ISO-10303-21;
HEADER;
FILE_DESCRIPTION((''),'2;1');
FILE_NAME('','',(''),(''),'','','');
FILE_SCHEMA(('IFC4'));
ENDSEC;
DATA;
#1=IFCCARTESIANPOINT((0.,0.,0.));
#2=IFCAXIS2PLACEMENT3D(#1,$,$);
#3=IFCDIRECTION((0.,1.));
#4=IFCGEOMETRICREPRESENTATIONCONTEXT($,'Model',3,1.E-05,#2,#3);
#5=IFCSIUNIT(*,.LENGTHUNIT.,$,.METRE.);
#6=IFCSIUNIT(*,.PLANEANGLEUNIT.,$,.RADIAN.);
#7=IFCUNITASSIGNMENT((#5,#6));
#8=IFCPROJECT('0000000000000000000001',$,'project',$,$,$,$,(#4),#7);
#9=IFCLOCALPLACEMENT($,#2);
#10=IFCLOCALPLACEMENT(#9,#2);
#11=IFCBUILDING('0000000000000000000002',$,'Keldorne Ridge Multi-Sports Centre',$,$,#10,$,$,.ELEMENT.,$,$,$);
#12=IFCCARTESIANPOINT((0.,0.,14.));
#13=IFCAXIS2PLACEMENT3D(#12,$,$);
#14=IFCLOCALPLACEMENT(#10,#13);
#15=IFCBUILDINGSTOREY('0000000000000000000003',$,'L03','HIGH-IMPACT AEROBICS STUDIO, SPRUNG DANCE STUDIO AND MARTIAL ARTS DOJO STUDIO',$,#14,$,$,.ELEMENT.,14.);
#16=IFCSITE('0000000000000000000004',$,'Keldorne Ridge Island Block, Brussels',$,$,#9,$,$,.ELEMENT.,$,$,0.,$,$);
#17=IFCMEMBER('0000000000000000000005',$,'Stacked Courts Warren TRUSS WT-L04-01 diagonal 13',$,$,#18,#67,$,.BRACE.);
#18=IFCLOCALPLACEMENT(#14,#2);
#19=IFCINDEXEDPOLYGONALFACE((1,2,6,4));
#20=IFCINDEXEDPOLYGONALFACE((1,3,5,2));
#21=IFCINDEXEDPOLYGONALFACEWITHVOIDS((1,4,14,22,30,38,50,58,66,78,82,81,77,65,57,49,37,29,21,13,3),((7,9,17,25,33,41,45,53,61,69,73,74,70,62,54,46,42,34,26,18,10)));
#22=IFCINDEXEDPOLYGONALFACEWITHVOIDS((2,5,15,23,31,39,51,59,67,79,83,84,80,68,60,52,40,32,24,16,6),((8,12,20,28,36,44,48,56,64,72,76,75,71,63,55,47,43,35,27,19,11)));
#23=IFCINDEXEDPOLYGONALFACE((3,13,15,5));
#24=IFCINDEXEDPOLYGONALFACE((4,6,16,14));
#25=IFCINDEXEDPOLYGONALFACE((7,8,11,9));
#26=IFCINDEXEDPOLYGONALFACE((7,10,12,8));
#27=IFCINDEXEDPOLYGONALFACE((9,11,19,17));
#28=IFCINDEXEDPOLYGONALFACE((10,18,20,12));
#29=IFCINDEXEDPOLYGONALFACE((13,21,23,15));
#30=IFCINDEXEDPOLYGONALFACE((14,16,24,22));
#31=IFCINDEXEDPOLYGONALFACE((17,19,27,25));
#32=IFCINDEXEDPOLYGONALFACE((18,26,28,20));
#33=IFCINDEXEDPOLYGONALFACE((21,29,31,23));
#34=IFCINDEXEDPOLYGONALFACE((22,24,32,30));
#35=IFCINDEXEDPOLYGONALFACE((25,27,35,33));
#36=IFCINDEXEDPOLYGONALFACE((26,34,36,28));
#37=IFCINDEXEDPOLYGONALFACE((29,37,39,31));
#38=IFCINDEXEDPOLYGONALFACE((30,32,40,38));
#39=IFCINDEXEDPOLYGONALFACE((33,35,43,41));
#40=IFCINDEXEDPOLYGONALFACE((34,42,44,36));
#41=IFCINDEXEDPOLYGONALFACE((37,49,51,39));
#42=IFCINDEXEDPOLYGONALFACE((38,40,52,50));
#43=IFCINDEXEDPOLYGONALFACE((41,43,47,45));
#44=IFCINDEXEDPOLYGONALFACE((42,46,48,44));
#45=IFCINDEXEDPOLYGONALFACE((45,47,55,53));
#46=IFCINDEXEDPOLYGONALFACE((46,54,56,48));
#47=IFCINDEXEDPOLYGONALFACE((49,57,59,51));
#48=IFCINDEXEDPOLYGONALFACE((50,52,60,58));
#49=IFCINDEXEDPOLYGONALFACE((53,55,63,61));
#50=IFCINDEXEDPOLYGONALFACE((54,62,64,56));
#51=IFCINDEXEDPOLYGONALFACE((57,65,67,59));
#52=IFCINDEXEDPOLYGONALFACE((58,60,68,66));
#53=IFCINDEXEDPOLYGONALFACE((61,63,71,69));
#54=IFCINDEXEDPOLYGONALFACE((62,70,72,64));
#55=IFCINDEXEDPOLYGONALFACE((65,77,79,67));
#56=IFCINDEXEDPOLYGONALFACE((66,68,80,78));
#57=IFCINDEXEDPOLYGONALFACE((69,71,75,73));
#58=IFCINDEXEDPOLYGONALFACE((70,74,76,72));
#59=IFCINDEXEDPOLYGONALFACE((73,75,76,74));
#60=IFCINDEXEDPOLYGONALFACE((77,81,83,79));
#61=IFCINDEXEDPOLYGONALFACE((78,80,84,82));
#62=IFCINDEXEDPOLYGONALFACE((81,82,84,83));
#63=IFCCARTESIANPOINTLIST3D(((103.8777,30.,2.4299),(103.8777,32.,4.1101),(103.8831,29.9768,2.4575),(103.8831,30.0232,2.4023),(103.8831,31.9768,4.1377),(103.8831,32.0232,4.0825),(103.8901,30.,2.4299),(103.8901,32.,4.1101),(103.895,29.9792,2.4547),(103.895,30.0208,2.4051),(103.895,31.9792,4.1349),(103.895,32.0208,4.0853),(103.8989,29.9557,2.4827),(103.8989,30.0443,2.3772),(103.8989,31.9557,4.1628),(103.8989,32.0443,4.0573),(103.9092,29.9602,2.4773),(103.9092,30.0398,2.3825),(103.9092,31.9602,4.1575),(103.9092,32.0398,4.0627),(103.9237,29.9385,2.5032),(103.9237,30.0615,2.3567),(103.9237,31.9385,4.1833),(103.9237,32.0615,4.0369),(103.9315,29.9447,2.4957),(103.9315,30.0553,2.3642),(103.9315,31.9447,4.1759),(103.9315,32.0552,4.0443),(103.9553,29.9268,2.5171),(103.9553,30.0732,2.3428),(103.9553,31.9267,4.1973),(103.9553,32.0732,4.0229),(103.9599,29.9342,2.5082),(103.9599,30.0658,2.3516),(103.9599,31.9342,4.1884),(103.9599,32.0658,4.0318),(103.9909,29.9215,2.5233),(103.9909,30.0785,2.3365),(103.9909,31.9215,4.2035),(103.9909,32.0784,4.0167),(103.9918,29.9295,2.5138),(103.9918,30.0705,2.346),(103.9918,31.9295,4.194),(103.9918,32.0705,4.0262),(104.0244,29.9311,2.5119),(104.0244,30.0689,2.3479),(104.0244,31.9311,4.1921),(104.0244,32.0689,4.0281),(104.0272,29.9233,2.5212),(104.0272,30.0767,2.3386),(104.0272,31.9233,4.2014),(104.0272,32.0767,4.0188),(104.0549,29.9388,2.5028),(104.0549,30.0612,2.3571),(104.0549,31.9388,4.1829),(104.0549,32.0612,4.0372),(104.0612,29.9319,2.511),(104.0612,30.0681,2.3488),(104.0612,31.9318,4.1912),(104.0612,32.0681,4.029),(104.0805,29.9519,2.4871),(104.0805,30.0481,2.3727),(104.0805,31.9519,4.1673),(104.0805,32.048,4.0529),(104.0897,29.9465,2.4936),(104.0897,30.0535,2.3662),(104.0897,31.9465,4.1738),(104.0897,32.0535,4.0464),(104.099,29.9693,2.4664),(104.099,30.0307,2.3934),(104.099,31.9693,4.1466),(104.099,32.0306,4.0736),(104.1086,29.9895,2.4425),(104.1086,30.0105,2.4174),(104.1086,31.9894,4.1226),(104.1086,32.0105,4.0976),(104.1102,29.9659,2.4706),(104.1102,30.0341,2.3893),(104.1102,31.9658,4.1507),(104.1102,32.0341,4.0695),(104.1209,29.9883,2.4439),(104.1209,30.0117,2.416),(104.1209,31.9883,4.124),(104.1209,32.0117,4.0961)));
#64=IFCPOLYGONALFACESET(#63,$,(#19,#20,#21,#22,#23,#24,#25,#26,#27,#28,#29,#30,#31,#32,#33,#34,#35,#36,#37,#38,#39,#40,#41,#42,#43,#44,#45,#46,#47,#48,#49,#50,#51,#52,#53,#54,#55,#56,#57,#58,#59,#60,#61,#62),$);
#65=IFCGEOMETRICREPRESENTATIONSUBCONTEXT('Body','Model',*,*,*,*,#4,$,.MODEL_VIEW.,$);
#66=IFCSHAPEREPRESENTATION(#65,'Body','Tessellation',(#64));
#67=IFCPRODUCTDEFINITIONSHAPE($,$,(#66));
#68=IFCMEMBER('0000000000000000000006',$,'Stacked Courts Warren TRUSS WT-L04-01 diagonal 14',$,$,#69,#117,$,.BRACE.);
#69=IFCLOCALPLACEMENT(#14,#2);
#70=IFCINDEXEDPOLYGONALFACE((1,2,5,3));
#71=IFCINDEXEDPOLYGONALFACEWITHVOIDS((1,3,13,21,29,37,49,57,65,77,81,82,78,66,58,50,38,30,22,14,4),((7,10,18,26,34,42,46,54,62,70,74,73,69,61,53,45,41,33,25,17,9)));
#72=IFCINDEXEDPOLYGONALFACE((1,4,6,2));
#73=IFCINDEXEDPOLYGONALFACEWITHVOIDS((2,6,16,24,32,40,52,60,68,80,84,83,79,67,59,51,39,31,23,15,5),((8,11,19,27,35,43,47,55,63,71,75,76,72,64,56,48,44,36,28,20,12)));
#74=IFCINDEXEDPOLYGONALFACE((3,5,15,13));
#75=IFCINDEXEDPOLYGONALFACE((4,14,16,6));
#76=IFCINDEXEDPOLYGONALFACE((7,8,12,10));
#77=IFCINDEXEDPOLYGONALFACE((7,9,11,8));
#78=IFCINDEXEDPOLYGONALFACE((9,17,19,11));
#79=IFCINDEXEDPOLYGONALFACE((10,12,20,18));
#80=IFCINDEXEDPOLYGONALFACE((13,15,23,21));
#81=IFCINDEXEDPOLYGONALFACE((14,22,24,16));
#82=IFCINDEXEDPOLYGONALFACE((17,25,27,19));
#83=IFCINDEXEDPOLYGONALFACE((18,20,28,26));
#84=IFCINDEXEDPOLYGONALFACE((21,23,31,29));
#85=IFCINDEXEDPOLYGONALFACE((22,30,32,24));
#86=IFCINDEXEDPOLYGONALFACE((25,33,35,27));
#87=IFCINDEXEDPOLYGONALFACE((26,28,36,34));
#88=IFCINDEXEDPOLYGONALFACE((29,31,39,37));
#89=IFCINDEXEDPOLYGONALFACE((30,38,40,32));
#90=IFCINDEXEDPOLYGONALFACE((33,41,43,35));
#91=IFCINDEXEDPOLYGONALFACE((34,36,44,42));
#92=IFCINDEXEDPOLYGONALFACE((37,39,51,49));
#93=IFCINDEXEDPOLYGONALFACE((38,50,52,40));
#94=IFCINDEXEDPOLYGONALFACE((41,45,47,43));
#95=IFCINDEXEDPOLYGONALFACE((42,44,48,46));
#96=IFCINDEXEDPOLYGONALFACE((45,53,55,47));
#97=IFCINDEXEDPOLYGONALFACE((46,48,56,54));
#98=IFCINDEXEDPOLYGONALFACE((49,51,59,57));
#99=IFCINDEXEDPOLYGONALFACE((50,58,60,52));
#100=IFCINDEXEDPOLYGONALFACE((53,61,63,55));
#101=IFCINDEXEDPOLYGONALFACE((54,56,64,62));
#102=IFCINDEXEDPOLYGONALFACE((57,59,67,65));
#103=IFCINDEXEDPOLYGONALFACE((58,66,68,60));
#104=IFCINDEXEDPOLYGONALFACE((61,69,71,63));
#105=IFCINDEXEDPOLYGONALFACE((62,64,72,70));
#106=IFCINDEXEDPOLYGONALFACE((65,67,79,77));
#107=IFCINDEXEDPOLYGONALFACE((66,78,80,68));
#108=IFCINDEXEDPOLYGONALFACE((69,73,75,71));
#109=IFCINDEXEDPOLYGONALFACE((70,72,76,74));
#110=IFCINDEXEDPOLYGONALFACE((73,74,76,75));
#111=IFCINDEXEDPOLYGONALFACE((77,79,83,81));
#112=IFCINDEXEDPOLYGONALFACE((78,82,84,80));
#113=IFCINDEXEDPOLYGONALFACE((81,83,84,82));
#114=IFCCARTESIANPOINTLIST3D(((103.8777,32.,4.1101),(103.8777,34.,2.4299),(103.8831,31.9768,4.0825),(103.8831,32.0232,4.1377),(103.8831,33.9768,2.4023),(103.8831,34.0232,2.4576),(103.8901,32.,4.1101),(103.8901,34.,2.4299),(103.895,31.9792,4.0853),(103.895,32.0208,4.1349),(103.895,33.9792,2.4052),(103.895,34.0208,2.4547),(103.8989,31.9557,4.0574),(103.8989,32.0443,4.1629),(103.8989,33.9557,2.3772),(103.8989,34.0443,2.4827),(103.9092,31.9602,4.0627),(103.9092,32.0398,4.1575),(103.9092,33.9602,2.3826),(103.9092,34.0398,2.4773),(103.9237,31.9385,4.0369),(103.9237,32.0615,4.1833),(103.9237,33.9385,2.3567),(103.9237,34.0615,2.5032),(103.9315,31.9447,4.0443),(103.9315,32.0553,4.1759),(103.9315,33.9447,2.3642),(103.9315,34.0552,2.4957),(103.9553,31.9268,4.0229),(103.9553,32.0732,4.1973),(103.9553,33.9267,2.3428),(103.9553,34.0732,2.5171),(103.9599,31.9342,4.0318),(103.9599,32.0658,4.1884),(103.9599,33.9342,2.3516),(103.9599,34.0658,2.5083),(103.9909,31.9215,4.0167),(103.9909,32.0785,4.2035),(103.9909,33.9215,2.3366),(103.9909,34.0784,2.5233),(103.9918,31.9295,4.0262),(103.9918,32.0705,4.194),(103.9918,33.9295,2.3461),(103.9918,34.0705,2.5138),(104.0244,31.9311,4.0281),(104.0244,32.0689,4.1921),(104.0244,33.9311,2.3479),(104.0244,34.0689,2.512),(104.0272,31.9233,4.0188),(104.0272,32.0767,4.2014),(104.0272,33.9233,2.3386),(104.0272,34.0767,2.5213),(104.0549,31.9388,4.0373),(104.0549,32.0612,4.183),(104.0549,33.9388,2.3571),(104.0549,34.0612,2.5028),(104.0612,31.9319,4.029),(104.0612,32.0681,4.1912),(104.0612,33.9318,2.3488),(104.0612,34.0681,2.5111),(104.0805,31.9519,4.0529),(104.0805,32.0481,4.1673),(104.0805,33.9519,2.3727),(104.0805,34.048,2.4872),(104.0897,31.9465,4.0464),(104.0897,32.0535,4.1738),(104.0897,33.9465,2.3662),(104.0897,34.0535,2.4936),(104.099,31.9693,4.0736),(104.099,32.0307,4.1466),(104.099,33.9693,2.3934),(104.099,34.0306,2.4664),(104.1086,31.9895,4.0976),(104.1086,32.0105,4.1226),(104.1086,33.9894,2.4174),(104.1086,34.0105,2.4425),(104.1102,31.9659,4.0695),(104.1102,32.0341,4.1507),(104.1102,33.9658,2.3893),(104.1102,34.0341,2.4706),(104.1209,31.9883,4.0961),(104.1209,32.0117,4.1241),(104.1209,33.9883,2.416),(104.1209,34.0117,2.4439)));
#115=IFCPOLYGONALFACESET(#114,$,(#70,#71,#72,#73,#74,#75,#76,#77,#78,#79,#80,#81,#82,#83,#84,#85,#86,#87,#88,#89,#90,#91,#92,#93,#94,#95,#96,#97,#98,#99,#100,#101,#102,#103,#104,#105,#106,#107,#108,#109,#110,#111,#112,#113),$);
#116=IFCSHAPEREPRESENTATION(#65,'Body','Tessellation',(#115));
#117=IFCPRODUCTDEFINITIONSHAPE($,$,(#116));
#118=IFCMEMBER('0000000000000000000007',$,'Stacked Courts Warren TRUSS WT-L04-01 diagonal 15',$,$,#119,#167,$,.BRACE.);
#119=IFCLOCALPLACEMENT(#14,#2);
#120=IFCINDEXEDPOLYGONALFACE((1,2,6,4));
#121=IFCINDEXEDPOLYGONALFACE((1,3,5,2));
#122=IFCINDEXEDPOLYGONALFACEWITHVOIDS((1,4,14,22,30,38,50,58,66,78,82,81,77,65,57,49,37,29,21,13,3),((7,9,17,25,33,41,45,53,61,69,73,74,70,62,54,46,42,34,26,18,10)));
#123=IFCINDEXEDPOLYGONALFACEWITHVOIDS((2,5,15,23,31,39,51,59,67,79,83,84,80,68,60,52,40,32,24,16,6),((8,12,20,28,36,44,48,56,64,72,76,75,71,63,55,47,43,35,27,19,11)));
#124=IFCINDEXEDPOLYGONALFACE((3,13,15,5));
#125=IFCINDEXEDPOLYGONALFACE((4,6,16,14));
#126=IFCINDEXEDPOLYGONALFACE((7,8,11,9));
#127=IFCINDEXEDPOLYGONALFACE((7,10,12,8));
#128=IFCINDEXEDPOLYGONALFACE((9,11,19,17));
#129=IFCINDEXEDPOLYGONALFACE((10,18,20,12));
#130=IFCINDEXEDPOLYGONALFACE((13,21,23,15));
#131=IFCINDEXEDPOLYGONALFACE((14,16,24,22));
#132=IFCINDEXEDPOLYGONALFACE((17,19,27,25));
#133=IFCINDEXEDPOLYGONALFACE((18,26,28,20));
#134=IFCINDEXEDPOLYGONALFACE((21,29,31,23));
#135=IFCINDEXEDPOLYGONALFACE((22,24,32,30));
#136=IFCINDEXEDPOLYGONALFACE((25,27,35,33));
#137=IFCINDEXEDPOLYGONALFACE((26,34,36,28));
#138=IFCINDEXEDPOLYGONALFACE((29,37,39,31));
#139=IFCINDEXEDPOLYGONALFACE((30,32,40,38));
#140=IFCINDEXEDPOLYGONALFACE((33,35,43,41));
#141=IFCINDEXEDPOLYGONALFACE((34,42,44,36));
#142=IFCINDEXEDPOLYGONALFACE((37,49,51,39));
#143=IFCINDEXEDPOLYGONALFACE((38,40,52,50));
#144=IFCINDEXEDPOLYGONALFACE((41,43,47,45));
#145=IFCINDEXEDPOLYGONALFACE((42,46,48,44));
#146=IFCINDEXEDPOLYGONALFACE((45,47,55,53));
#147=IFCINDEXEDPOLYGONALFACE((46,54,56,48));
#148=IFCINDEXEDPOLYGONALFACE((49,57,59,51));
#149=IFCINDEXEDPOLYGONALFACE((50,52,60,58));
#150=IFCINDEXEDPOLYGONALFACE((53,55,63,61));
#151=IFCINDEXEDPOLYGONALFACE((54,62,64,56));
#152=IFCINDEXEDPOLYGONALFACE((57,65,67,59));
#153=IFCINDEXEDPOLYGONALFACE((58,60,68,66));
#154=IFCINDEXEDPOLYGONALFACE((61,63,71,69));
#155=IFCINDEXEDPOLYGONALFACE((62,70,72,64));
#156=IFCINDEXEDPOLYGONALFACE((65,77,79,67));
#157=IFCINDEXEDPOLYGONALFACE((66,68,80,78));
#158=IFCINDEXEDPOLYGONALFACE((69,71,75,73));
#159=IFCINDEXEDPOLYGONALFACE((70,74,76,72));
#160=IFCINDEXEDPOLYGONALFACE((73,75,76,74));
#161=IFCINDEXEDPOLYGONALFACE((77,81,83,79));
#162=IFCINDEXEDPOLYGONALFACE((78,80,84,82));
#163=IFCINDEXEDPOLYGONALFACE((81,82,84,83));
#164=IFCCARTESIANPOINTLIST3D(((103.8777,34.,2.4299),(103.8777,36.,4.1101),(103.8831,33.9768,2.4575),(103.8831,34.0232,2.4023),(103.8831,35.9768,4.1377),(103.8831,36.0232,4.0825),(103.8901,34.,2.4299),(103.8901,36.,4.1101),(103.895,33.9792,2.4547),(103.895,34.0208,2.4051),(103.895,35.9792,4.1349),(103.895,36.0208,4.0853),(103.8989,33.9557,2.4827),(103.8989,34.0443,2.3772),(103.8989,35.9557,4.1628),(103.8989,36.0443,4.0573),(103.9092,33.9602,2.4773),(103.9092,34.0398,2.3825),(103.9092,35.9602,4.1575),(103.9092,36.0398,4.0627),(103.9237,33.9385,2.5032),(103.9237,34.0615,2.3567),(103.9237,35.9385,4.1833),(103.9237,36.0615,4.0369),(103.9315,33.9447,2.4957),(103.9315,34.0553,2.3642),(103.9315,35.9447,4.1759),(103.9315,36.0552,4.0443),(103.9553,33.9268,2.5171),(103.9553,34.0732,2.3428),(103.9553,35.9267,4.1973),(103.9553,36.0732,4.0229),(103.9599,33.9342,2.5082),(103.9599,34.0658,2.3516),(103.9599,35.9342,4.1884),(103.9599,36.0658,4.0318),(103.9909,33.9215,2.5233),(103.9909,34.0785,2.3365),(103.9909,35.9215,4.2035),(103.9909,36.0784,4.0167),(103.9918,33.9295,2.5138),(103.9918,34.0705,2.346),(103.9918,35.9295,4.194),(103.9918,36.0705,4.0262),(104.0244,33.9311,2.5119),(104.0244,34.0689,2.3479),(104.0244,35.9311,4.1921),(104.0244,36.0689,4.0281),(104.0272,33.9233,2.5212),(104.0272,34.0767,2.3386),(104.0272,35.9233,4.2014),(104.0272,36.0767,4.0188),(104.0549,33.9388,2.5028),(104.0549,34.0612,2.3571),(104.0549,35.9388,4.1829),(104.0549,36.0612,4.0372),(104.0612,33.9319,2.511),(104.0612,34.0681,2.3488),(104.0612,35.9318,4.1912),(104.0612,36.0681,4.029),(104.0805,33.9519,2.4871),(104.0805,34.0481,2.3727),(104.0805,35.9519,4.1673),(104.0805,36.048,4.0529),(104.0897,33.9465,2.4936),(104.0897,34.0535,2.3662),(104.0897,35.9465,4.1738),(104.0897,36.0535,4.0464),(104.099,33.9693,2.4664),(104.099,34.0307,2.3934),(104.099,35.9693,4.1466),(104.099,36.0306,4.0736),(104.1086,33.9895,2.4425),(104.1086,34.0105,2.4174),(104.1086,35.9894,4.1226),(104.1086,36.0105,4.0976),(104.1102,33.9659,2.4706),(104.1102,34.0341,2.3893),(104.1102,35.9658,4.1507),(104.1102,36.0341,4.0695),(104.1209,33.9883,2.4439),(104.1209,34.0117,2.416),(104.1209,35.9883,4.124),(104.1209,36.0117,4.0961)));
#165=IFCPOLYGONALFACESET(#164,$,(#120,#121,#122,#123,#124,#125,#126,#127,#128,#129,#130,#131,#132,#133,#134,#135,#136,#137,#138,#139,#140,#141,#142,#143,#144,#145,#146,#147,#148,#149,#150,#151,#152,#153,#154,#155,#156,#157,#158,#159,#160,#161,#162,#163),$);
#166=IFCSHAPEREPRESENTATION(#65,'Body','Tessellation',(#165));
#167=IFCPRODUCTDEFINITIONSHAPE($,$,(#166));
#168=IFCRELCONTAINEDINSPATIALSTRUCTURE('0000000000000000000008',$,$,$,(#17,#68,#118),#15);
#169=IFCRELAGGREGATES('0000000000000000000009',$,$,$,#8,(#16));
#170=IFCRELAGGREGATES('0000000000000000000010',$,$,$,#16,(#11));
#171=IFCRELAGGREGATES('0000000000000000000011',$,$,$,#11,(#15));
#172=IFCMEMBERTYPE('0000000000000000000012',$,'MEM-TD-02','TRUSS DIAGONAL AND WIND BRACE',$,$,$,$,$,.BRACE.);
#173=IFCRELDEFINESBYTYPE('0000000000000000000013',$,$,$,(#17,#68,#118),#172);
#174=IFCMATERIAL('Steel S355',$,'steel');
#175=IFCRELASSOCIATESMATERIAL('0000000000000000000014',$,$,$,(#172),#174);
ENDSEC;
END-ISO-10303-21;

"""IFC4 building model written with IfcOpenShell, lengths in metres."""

from ifc_helpers import new_model, si_unit, direction, frame, origin, origin_2d, place, context, subcontext, project, spatial, hollow_circle, extrude, material, material_profile, profile_set, type_object, element, save


model = new_model("IFC4")

# Units and contexts
model_context = context("Model", 3, precision=1e-05, world=origin(), true_north=direction((0.0, 1.0)))
body_context = subcontext(model_context, "Body", "Model", "MODEL_VIEW")
ifc_project = project(units=[si_unit("LENGTHUNIT", "METRE"), si_unit("PLANEANGLEUNIT", "RADIAN")], contexts=[model_context])

# Site, building, storey
site_placement = place(None, origin())
site = spatial("IfcSite", under=ifc_project, at=site_placement, Name="Keldorne Ridge Island Block, Brussels", CompositionType="ELEMENT", RefElevation=0.0)
building_placement = place(site_placement, origin())
building = spatial("IfcBuilding", under=site, at=building_placement, Name="Keldorne Ridge Multi-Sports Centre", CompositionType="ELEMENT")
storey_placement = place(building_placement, frame((0.0, 0.0, 14.0)))
storey = spatial("IfcBuildingStorey", under=building, at=storey_placement, Name="L03", Description="HIGH-IMPACT AEROBICS STUDIO, SPRUNG DANCE STUDIO AND MARTIAL ARTS DOJO STUDIO", CompositionType="ELEMENT", Elevation=14.0)

# Shared definitions
ifc_material_1 = material(Name="Steel S355", Category="steel")

# Members
ifc_material_profile_1 = material_profile(ifc_material_1, hollow_circle(Radius=0.1223, WallThickness=0.0125, at=origin_2d()), Name="CHS 244.5x12.5")
ifc_profile_set_1 = profile_set([ifc_material_profile_1], Name="Steel S355")
member_type_1 = type_object("IfcMemberType", Name="MEM-TD-02", Description="TRUSS DIAGONAL AND WIND BRACE", PredefinedType="BRACE", material=ifc_profile_set_1)
for number, where, z_axis, x_axis, name in (
    (1, (104.0, 30.0, 2.4299), (0.0, 0.765672, 0.643232), (-1.0, 0.0, 0.0), "Stacked Courts Warren TRUSS WT-L04-01 diagonal 13"),
    (2, (104.0, 32.0, 4.1101), (0.0, 0.765672, -0.643232), (-1.0, 0.0, 0.0), "Stacked Courts Warren TRUSS WT-L04-01 diagonal 14"),
    (3, (104.0, 34.0, 2.4299), (0.0, 0.765672, 0.643232), (-1.0, 0.0, 0.0), "Stacked Courts Warren TRUSS WT-L04-01 diagonal 15"),
):
    element("IfcMember", number, at=place(storey_placement, frame(where, z_axis=z_axis, x_axis=x_axis)), inside=storey, type_object=member_type_1, Name=name, PredefinedType="BRACE", context=body_context, shape_type="SweptSolid", body=[
        extrude(hollow_circle(Radius=0.1223, WallThickness=0.0125, at=origin_2d()), origin(), (0.0, 0.0, 1.0), 2.6121),
    ])

save(model, "model.ifc")
